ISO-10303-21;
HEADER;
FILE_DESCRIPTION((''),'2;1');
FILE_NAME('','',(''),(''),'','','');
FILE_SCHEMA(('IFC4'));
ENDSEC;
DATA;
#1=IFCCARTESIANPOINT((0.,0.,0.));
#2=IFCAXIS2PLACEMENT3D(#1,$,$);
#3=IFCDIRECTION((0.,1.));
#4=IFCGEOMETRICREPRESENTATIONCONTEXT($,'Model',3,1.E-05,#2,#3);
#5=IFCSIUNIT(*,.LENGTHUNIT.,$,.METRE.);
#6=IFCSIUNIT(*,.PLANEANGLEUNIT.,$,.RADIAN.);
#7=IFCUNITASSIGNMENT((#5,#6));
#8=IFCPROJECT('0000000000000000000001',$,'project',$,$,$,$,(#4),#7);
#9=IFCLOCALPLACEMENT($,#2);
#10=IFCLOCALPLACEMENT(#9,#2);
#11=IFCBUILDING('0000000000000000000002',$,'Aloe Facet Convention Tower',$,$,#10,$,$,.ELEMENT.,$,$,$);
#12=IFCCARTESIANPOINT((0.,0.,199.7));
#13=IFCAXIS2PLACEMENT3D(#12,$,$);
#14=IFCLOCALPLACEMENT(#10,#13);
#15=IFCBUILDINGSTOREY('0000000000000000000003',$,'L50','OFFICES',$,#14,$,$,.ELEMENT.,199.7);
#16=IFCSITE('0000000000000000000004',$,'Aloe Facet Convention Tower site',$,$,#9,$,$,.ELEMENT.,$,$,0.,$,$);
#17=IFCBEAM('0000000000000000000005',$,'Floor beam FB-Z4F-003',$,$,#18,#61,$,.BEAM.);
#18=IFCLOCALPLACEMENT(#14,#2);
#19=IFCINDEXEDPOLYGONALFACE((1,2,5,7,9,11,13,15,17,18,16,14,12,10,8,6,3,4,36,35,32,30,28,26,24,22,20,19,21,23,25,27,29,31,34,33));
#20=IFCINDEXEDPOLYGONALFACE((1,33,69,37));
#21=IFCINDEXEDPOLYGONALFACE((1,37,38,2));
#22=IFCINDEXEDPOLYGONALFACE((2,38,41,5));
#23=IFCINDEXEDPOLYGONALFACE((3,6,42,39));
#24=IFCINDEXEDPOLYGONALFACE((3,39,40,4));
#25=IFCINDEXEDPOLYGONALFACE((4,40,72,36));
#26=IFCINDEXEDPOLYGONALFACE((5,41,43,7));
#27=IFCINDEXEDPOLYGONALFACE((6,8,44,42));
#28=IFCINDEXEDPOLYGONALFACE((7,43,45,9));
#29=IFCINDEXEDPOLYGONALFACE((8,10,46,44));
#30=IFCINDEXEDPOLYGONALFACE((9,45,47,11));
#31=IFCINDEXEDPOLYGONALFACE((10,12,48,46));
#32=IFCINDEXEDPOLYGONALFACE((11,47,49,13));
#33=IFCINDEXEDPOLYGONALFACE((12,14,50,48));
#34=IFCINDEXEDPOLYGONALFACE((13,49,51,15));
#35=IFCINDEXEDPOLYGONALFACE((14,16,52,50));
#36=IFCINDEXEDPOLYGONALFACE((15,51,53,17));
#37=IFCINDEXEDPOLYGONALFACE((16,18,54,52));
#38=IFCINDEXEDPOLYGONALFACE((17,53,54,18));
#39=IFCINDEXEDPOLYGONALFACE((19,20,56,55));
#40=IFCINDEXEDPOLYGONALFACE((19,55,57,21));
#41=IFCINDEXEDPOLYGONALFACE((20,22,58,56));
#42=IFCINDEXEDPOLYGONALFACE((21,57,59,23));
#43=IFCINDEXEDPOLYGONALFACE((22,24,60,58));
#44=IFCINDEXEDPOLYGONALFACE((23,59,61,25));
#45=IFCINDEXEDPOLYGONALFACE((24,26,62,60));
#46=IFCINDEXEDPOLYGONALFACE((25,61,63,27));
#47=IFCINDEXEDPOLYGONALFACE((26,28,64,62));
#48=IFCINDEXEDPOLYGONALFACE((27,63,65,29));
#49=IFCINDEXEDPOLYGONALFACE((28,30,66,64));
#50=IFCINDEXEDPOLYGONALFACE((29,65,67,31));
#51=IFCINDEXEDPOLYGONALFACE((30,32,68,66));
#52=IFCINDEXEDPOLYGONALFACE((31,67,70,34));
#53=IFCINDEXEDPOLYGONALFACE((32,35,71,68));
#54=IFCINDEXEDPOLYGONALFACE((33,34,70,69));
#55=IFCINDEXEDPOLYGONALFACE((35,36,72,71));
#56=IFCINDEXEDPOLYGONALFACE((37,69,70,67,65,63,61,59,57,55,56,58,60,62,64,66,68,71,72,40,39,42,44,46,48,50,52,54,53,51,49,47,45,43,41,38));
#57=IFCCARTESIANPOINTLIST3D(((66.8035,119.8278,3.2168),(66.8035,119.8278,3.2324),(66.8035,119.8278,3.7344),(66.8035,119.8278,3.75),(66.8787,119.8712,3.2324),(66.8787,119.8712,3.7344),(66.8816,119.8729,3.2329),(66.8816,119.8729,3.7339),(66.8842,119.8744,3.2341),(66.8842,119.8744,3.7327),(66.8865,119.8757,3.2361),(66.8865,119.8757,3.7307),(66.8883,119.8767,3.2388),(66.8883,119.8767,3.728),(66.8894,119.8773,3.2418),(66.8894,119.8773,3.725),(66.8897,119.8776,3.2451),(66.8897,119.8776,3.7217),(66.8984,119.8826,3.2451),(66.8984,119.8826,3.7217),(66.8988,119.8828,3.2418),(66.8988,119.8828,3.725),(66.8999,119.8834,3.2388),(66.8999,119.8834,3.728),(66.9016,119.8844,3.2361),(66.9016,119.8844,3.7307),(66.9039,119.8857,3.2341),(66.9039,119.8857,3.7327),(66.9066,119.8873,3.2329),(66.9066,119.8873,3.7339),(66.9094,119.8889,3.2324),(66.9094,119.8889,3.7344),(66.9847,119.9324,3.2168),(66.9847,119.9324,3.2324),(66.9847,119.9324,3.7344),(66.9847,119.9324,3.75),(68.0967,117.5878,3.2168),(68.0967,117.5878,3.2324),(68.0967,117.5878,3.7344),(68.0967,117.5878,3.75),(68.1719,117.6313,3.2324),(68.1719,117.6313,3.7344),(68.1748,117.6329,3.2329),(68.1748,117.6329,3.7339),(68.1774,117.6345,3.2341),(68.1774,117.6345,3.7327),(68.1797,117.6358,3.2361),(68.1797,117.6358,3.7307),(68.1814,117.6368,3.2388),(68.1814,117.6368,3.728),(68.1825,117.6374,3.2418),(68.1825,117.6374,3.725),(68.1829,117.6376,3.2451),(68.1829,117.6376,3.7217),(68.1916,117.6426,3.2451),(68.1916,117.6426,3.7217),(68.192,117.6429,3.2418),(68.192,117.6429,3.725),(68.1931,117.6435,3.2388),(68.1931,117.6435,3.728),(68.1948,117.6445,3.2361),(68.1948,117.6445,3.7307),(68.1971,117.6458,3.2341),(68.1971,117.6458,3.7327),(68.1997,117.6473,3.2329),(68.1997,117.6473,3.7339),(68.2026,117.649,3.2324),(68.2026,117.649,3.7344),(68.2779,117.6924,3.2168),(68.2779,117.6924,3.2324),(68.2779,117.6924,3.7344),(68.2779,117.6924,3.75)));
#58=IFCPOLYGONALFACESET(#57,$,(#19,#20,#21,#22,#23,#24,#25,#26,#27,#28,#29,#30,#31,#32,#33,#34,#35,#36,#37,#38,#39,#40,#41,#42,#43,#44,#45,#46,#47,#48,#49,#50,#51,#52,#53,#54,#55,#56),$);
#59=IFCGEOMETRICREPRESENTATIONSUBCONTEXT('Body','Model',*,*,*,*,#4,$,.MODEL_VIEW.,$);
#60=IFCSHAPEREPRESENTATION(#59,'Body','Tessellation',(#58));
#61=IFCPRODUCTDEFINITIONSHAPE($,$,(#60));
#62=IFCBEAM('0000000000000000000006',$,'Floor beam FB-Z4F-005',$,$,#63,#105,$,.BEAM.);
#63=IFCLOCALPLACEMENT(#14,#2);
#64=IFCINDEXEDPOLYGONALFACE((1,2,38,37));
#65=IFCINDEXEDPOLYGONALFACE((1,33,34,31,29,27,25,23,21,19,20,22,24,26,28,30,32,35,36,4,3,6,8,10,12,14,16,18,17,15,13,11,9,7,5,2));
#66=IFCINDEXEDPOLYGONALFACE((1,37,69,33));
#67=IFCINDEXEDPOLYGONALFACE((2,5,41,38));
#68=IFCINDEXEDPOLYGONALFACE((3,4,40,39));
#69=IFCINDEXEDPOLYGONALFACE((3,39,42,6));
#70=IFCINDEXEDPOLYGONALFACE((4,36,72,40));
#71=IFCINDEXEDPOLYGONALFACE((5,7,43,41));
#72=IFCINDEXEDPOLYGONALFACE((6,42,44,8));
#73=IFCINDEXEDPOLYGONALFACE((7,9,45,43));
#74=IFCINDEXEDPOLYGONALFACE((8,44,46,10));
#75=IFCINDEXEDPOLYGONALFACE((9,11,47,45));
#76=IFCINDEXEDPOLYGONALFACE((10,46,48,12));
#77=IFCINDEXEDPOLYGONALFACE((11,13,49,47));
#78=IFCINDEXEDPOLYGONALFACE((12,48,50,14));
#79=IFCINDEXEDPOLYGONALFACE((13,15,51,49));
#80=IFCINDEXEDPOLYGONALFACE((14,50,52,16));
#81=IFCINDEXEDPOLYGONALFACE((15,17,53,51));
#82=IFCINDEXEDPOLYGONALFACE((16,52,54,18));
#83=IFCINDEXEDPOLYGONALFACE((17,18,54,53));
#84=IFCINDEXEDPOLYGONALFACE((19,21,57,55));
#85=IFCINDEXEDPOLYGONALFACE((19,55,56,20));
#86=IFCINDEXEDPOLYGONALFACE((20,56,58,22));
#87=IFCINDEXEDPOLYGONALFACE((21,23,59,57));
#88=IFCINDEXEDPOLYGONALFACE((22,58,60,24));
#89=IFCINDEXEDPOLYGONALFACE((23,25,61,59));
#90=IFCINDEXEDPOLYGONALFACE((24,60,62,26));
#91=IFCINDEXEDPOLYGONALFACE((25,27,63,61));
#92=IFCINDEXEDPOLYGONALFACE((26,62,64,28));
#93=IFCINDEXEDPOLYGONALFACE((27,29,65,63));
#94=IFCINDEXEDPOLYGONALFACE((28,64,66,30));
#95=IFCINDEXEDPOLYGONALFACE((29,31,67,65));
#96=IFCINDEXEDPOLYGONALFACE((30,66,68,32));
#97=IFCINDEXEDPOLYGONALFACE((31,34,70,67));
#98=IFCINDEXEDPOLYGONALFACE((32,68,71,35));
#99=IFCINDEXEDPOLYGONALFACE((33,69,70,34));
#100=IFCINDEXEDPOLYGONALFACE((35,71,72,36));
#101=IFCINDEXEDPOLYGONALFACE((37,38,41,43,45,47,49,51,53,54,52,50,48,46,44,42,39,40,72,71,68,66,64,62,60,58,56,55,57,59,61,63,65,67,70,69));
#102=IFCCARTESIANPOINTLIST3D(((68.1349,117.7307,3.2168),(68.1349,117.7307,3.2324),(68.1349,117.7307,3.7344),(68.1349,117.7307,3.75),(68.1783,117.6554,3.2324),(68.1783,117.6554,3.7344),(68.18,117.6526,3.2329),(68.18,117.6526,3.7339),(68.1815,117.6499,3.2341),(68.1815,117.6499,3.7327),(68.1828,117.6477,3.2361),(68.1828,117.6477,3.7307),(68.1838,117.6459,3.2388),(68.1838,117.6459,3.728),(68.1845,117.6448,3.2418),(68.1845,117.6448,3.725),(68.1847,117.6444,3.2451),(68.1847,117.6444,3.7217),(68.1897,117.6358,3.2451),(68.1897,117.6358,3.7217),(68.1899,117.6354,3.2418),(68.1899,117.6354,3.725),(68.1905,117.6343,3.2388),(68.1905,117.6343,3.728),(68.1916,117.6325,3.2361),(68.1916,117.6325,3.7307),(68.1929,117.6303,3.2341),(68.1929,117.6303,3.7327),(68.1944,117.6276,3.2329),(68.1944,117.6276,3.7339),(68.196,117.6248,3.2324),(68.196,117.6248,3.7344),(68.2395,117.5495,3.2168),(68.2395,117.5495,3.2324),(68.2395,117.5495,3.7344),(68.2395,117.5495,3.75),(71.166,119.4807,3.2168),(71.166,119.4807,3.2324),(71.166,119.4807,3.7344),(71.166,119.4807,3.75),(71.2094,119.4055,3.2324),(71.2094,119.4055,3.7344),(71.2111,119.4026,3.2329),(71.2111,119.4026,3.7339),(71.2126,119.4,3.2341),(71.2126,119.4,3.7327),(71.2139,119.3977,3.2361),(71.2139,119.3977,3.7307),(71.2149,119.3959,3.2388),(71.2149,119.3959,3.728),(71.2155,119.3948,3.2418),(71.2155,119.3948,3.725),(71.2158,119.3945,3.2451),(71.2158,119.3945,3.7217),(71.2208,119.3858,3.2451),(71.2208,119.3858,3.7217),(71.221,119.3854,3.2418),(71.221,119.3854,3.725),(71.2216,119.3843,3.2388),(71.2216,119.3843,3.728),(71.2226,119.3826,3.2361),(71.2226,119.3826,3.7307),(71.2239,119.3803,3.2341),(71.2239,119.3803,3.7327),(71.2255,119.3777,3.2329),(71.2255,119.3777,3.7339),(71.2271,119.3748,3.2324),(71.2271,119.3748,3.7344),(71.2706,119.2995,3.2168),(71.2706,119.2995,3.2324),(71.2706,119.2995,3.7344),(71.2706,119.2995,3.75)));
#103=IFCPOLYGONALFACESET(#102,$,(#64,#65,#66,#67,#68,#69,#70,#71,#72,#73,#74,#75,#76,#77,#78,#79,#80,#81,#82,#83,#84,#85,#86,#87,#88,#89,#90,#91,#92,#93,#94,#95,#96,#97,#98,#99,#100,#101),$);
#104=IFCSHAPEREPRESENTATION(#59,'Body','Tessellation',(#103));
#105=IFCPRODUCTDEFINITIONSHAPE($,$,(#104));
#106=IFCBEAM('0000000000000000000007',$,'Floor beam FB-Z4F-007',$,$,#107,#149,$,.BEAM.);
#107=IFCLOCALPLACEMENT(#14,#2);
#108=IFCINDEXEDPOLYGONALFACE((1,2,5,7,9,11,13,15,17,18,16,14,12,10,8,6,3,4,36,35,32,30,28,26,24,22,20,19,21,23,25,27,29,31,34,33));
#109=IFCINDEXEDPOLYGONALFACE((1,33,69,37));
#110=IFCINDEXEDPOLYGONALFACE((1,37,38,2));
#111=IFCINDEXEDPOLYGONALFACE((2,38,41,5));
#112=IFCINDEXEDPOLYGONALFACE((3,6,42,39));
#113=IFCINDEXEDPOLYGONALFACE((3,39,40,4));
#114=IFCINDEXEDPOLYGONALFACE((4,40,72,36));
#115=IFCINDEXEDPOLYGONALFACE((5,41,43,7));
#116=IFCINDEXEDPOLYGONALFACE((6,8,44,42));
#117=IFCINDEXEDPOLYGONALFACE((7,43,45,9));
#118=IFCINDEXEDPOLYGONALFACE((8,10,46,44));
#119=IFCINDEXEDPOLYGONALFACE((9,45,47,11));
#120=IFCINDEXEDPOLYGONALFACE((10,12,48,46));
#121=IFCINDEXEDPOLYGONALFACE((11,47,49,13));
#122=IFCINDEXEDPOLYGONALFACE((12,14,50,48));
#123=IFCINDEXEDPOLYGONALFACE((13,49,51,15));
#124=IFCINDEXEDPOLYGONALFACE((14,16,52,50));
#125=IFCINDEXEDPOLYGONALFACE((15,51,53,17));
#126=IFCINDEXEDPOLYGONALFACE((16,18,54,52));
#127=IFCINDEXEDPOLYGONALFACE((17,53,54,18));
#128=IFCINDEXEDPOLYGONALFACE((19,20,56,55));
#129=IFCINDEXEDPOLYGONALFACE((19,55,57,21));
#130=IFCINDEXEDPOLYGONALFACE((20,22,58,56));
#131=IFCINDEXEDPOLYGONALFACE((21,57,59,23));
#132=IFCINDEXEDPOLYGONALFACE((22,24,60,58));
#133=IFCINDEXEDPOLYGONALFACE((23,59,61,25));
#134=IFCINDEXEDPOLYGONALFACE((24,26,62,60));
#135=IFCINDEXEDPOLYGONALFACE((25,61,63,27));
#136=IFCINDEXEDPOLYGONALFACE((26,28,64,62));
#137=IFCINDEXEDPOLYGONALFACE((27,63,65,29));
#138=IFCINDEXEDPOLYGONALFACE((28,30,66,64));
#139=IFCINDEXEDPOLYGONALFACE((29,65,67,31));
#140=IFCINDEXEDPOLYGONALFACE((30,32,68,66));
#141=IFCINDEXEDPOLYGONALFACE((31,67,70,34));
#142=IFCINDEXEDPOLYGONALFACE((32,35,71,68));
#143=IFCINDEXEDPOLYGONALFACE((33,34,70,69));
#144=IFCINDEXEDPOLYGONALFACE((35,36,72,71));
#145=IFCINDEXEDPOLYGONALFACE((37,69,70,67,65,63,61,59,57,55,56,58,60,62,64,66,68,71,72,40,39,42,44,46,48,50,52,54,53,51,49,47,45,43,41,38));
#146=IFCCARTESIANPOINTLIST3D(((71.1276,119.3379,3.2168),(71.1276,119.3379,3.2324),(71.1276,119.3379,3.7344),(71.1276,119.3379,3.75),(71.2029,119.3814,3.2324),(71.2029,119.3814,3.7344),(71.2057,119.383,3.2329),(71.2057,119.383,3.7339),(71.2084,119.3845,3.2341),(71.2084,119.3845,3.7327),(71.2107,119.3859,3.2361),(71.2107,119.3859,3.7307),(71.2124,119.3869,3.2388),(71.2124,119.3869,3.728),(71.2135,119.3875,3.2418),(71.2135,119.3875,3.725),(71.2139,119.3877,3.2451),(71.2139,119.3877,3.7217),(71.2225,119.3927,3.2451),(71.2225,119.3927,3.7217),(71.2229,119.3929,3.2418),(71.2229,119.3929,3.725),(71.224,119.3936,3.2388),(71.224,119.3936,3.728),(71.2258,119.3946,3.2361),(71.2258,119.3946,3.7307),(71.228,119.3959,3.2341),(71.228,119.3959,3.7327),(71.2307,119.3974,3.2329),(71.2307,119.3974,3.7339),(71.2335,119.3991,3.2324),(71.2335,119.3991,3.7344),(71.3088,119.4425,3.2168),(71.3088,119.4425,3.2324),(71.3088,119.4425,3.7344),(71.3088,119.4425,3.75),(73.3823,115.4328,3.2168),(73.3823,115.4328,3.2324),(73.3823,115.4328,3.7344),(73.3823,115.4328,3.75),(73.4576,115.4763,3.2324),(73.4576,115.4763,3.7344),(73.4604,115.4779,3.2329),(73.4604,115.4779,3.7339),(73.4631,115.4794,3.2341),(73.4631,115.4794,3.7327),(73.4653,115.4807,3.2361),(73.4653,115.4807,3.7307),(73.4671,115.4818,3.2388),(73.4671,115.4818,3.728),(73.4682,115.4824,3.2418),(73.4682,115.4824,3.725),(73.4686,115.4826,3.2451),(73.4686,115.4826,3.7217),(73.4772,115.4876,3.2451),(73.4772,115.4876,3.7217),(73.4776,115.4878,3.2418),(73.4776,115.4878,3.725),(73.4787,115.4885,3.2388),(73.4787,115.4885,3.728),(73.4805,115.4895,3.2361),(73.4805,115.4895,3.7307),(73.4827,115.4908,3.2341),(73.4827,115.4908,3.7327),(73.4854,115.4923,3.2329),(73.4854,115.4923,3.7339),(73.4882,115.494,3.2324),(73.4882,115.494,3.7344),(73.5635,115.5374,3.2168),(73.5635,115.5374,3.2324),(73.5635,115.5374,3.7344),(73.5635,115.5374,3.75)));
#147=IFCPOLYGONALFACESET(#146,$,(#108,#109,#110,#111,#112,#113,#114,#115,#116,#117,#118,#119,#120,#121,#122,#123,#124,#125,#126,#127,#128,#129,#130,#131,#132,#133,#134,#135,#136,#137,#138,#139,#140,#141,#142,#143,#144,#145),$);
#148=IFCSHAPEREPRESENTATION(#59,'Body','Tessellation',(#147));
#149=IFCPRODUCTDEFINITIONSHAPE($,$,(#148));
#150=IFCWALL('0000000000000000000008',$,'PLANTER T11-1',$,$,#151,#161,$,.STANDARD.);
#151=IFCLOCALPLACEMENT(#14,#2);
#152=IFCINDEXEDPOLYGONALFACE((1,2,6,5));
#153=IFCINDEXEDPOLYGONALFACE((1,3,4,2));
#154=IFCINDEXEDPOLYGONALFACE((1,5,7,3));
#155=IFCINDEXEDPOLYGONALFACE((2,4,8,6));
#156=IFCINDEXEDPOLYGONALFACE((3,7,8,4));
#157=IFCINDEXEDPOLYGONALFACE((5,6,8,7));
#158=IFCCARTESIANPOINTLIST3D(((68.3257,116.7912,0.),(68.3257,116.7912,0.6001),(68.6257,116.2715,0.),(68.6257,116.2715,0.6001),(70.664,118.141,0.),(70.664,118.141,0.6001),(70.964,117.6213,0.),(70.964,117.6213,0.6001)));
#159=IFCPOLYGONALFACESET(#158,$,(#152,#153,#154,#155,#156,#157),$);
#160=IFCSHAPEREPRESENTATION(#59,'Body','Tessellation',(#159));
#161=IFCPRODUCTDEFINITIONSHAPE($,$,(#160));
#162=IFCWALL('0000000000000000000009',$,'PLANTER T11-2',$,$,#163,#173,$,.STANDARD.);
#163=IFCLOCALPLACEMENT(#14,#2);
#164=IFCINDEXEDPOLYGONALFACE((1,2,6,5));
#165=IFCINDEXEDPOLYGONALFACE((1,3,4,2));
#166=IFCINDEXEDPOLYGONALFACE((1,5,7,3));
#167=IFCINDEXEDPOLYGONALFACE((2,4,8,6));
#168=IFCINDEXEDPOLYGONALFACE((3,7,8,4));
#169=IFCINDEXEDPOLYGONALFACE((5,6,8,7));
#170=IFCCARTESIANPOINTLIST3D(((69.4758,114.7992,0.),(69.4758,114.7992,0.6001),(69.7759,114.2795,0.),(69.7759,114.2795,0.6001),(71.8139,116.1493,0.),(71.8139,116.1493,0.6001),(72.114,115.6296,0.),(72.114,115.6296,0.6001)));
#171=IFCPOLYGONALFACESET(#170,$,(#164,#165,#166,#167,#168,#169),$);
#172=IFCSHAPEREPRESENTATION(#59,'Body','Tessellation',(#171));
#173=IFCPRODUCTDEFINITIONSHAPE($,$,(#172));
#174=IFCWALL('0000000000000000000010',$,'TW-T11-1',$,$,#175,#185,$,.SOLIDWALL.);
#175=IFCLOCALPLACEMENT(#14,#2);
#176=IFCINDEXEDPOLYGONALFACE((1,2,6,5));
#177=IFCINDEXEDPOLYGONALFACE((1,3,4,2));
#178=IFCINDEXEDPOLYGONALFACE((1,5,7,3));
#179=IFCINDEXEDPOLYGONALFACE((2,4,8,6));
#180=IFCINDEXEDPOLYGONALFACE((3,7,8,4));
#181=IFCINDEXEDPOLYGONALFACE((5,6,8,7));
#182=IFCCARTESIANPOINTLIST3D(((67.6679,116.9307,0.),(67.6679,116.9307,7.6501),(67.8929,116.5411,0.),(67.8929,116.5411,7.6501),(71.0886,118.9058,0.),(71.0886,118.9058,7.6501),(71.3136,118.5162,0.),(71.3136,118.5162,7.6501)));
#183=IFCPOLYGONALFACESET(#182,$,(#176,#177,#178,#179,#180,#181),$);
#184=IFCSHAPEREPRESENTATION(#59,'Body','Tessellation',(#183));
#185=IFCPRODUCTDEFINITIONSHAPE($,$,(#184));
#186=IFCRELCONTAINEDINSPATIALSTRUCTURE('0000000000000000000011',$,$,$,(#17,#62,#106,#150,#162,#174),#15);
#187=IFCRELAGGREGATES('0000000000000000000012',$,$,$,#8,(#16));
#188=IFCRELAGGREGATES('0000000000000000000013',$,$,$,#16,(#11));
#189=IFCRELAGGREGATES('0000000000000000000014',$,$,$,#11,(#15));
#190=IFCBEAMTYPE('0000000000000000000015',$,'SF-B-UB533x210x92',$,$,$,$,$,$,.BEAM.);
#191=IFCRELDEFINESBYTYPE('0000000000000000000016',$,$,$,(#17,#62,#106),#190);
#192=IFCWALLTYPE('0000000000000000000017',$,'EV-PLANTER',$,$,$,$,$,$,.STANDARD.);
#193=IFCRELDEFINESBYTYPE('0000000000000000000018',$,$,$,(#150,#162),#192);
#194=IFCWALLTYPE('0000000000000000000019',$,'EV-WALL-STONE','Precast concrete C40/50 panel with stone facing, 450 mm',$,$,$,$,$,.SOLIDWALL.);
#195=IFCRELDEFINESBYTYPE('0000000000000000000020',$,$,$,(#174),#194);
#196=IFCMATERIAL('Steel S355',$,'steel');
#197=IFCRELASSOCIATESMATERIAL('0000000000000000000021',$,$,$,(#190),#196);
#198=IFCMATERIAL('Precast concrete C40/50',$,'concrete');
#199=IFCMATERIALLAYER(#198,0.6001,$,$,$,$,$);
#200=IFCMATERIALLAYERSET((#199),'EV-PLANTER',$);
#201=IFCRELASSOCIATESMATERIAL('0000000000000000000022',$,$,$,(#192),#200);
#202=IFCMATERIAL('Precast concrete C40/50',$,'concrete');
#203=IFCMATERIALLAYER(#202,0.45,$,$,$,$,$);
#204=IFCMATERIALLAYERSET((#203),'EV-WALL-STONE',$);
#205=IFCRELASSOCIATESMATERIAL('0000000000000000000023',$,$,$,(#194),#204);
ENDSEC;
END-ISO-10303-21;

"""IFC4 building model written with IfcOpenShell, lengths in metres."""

from ifc_helpers import new_model, si_unit, direction, frame, frame_2d, origin, origin_2d, place, context, subcontext, project, spatial, rectangle, i_section, extrude, material, layer, layer_set, material_profile, profile_set, type_object, element, save


model = new_model("IFC4")

# Units and contexts
model_context = context("Model", 3, precision=1e-05, world=origin(), true_north=direction((0.0, 1.0)))
body_context = subcontext(model_context, "Body", "Model", "MODEL_VIEW")
ifc_project = project(units=[si_unit("LENGTHUNIT", "METRE"), si_unit("PLANEANGLEUNIT", "RADIAN")], contexts=[model_context])

# Site, building, storey
site_placement = place(None, origin())
site = spatial("IfcSite", under=ifc_project, at=site_placement, Name="Aloe Facet Convention Tower site", CompositionType="ELEMENT", RefElevation=0.0)
building_placement = place(site_placement, origin())
building = spatial("IfcBuilding", under=site, at=building_placement, Name="Aloe Facet Convention Tower", CompositionType="ELEMENT")
storey_placement = place(building_placement, frame((0.0, 0.0, 199.7)))
storey = spatial("IfcBuildingStorey", under=building, at=storey_placement, Name="L50", Description="OFFICES", CompositionType="ELEMENT", Elevation=199.7)

# Beams
ifc_material_1 = material(Name="Steel S355", Category="steel")
ifc_material_profile_1 = material_profile(ifc_material_1, i_section(OverallWidth=0.2092, OverallDepth=0.5332, WebThickness=0.01, FlangeThickness=0.0156, FilletRadius=0.0127, at=origin_2d()), Name="UB 533x210x92")
ifc_profile_set_1 = profile_set([ifc_material_profile_1], Name="Steel S355")
beam_type_1 = type_object("IfcBeamType", Name="SF-B-UB533x210x92", PredefinedType="BEAM", material=ifc_profile_set_1)
beam_1_placement = place(storey_placement, frame((68.1873, 117.6401, 3.4834), z_axis=(-0.499987, 0.866033, 0.0), x_axis=(-0.866033, -0.499987, 0.0)))
element("IfcBeam", 1, at=beam_1_placement, inside=storey, type_object=beam_type_1, Name="Floor beam FB-Z4F-003", PredefinedType="BEAM", context=body_context, shape_type="SweptSolid", body=[
    extrude(i_section(OverallWidth=0.2092, OverallDepth=0.5332, WebThickness=0.01, FlangeThickness=0.0156, FilletRadius=0.0127, at=origin_2d()), origin(), (0.0, 0.0, 1.0), 2.5864),
])
beam_2_placement = place(storey_placement, frame((71.2183, 119.3901, 3.4834), z_axis=(-0.866019, -0.50001, 0.0), x_axis=(0.50001, -0.866019, 0.0)))
element("IfcBeam", 2, at=beam_2_placement, inside=storey, type_object=beam_type_1, Name="Floor beam FB-Z4F-005", PredefinedType="BEAM", context=body_context, shape_type="SweptSolid", body=[
    extrude(i_section(OverallWidth=0.2092, OverallDepth=0.5332, WebThickness=0.01, FlangeThickness=0.0156, FilletRadius=0.0127, at=origin_2d()), origin(), (0.0, 0.0, 1.0), 3.5),
])
beam_3_placement = place(storey_placement, frame((73.4729, 115.4851, 3.4834), z_axis=(-0.500011, 0.866019, 0.0), x_axis=(-0.866019, -0.500011, 0.0)))
element("IfcBeam", 3, at=beam_3_placement, inside=storey, type_object=beam_type_1, Name="Floor beam FB-Z4F-007", PredefinedType="BEAM", context=body_context, shape_type="SweptSolid", body=[
    extrude(i_section(OverallWidth=0.2092, OverallDepth=0.5332, WebThickness=0.01, FlangeThickness=0.0156, FilletRadius=0.0127, at=origin_2d()), origin(), (0.0, 0.0, 1.0), 4.5093),
])

# Walls
ifc_material_2 = material(Name="Precast concrete C40/50", Category="concrete")
ifc_layer_1 = layer(ifc_material_2, 0.6001)
ifc_layer_set_1 = layer_set([ifc_layer_1], Name="EV-PLANTER")
wall_type_1 = type_object("IfcWallType", Name="EV-PLANTER", PredefinedType="STANDARD", material=ifc_layer_set_1)
for number, where, z_axis, x_axis, name in (
    (4, (68.4756, 116.5312, 0.0), (0.0, 0.0, 1.0), (0.866059, 0.499942, 0.0), "PLANTER T11-1"),
    (5, (69.6257, 114.5393, 0.0), (0.0, 0.0, 1.0), (0.865997, 0.500049, 0.0), "PLANTER T11-2"),
):
    element("IfcWall", number, at=place(storey_placement, frame(where, z_axis=z_axis, x_axis=x_axis)), inside=storey, type_object=wall_type_1, Name=name, PredefinedType="STANDARD", context=body_context, shape_type="SweptSolid", body=[
        extrude(rectangle(XDim=2.7, YDim=0.6001, at=frame_2d((1.3501, 0.0))), origin(), (0.0, 0.0, 1.0), 0.6001),
    ])
ifc_material_3 = material(Name="Precast concrete C40/50", Category="concrete")
ifc_layer_2 = layer(ifc_material_3, 0.45)
ifc_layer_set_2 = layer_set([ifc_layer_2], Name="EV-WALL-STONE")
wall_type_2 = type_object("IfcWallType", Name="EV-WALL-STONE", Description="Precast concrete C40/50 panel with stone facing, 450 mm", PredefinedType="SOLIDWALL", material=ifc_layer_set_2)
wall_1_placement = place(storey_placement, frame((67.7803, 116.7358, 0.0), z_axis=(0.0, 0.0, 1.0), x_axis=(0.866005, 0.500035, 0.0)))
element("IfcWall", 6, at=wall_1_placement, inside=storey, type_object=wall_type_2, Name="TW-T11-1", PredefinedType="SOLIDWALL", context=body_context, shape_type="SweptSolid", body=[
    extrude(rectangle(XDim=3.95, YDim=0.45, at=frame_2d((1.9751, 0.0))), origin(), (0.0, 0.0, 1.0), 7.6501),
])

save(model, "model.ifc")
